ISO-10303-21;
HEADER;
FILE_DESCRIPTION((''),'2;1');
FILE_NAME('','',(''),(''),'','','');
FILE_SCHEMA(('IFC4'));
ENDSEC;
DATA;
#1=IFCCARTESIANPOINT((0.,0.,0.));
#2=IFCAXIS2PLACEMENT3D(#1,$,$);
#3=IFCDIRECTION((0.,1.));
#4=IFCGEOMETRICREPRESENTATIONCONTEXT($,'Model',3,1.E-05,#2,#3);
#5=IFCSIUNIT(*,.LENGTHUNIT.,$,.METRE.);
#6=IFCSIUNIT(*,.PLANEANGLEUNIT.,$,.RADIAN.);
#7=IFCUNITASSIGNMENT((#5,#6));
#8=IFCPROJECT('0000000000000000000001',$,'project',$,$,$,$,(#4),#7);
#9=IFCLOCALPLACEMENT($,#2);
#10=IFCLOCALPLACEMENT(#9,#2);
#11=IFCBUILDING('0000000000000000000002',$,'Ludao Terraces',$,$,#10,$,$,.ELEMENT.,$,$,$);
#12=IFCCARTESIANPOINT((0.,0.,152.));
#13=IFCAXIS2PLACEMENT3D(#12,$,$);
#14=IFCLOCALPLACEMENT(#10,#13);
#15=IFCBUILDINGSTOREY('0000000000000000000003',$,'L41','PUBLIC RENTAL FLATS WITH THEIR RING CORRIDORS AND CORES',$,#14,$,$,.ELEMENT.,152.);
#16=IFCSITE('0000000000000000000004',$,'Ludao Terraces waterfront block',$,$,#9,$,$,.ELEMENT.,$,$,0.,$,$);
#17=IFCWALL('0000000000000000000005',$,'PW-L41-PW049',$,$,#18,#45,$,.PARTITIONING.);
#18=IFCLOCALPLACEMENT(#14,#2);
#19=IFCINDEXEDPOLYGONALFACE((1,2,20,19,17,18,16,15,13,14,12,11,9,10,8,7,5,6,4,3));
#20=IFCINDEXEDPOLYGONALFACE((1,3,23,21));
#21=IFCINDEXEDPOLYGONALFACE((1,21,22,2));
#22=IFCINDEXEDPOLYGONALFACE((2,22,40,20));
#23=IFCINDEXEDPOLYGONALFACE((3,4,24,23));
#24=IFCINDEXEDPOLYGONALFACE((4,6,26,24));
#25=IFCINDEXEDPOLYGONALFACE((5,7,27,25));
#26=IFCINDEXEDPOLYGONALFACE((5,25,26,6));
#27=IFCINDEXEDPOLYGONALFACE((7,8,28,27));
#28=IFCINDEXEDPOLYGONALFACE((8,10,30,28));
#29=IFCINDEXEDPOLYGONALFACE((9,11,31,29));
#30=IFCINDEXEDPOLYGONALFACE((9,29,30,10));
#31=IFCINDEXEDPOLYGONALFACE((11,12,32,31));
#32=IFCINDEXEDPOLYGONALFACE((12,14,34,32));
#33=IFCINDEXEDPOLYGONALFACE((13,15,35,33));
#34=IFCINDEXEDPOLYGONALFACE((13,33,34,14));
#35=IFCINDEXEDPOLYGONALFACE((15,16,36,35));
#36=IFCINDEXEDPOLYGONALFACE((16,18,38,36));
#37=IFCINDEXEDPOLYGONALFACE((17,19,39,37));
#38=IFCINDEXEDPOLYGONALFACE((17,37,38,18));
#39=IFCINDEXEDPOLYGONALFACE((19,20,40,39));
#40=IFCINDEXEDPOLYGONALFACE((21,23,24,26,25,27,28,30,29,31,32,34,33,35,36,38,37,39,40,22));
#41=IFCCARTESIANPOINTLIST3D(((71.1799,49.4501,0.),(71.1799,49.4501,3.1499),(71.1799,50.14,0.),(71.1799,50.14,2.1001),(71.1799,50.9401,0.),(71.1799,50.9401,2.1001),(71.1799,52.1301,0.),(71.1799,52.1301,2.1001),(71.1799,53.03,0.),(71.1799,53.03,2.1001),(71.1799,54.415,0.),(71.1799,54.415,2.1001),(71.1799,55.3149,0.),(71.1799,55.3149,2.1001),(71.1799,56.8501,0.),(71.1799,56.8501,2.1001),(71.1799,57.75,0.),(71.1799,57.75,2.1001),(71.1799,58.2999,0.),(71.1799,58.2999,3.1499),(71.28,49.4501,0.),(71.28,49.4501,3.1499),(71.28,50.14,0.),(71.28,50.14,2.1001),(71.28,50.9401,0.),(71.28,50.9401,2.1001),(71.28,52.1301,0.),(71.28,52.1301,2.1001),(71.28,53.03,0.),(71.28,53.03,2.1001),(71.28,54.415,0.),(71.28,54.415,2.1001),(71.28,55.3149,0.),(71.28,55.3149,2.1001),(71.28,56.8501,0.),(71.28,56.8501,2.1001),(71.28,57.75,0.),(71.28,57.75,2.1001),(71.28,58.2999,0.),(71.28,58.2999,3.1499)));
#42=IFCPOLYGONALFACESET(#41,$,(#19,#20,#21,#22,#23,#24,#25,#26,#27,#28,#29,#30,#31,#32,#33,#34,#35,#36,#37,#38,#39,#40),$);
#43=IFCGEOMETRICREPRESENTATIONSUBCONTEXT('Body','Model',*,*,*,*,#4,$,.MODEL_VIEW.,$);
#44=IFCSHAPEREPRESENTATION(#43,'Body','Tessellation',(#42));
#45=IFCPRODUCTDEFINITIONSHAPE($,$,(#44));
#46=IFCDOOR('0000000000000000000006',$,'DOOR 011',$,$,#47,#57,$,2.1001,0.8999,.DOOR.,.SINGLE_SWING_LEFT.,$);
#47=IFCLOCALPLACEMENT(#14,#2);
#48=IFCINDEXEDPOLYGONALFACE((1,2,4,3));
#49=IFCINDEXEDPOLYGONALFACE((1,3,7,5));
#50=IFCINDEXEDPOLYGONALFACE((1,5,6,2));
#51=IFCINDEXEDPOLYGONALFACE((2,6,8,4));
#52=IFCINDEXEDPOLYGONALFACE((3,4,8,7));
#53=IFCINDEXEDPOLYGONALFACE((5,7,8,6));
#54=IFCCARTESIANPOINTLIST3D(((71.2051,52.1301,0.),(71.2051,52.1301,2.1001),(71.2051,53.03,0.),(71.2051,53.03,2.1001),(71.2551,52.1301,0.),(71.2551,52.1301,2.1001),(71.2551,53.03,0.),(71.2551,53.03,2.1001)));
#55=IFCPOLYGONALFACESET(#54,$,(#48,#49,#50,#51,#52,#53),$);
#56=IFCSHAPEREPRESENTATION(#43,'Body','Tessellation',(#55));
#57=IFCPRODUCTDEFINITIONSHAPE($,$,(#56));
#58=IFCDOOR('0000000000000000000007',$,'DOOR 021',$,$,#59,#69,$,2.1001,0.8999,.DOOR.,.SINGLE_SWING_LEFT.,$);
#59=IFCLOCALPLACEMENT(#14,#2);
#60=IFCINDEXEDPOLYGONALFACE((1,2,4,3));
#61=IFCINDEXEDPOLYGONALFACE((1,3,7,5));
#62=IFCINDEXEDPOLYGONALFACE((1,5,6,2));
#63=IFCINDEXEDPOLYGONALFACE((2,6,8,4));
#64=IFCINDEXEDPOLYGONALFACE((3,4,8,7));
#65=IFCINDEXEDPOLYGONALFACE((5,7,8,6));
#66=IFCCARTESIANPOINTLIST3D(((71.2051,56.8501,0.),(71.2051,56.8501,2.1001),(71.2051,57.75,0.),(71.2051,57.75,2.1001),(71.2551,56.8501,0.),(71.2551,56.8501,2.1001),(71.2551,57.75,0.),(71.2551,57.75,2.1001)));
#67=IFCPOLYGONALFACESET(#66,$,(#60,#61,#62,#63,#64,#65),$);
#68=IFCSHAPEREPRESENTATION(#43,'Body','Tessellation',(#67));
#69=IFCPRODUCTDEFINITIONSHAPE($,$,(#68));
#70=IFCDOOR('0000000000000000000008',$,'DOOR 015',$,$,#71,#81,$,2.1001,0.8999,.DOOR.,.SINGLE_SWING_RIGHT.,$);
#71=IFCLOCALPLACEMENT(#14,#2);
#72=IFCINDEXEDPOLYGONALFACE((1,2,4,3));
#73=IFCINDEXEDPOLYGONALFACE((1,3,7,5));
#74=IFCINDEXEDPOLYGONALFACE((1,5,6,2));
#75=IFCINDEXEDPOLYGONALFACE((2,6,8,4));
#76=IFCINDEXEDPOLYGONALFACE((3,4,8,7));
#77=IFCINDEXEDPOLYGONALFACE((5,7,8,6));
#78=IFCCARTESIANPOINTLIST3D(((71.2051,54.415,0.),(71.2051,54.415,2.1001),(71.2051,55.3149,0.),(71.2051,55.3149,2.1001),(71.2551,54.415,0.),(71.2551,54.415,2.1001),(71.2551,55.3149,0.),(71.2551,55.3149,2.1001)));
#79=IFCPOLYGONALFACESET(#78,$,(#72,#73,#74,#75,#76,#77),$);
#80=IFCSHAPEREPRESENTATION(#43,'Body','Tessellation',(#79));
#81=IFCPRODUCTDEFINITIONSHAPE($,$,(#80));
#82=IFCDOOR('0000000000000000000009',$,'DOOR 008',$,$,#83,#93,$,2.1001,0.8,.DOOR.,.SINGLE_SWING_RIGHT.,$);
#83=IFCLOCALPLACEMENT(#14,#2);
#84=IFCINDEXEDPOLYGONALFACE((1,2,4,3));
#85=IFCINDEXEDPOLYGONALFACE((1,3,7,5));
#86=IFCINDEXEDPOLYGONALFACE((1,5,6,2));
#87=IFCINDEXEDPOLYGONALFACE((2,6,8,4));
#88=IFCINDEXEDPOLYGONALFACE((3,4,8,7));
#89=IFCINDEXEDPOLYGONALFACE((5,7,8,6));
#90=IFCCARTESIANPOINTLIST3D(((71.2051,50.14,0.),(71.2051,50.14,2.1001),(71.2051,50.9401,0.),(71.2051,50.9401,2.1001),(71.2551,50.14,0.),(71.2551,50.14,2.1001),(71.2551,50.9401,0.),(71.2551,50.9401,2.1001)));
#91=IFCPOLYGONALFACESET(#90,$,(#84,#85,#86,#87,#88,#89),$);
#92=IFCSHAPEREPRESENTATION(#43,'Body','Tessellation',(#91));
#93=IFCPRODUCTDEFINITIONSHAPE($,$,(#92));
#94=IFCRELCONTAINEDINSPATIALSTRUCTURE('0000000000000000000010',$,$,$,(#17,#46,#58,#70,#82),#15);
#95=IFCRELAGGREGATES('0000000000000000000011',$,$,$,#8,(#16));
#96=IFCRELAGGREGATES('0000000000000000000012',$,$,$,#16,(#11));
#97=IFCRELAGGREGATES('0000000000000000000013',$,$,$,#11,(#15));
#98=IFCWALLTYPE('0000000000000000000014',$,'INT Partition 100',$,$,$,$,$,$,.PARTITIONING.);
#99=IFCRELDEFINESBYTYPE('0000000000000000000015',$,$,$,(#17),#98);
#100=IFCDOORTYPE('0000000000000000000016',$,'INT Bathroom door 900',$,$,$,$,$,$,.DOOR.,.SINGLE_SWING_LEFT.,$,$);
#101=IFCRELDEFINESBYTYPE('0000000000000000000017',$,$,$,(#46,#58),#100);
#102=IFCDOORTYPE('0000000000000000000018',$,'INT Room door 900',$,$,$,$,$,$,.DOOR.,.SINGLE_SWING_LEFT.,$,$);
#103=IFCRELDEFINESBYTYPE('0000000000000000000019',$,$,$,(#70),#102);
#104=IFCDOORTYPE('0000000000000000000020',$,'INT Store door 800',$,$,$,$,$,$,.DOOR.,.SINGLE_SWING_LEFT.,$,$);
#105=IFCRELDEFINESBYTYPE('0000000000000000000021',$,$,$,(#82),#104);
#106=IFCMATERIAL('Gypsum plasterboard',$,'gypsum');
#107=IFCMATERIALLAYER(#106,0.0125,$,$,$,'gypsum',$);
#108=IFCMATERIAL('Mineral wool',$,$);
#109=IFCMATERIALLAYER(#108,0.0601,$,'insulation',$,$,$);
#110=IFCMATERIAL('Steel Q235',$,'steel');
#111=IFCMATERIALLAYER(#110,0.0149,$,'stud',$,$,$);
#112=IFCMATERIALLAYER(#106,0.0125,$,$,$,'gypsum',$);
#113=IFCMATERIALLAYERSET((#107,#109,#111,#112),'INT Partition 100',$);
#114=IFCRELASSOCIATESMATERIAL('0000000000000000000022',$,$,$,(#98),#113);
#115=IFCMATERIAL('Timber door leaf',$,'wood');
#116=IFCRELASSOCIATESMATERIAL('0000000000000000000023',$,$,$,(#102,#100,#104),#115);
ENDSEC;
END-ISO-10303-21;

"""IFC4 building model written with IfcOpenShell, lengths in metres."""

from ifc_helpers import new_model, si_unit, direction, frame, frame_2d, origin, place, context, subcontext, project, spatial, rectangle, extrude, material, layer, layer_set, type_object, element, fill, save


model = new_model("IFC4")

# Units and contexts
model_context = context("Model", 3, precision=1e-05, world=origin(), true_north=direction((0.0, 1.0)))
body_context = subcontext(model_context, "Body", "Model", "MODEL_VIEW")
ifc_project = project(units=[si_unit("LENGTHUNIT", "METRE"), si_unit("PLANEANGLEUNIT", "RADIAN")], contexts=[model_context])

# Site, building, storey
site_placement = place(None, origin())
site = spatial("IfcSite", under=ifc_project, at=site_placement, Name="Ludao Terraces waterfront block", CompositionType="ELEMENT", RefElevation=0.0)
building_placement = place(site_placement, origin())
building = spatial("IfcBuilding", under=site, at=building_placement, Name="Ludao Terraces", CompositionType="ELEMENT")
storey_placement = place(building_placement, frame((0.0, 0.0, 152.0)))
storey = spatial("IfcBuildingStorey", under=building, at=storey_placement, Name="L41", Description="PUBLIC RENTAL FLATS WITH THEIR RING CORRIDORS AND CORES", CompositionType="ELEMENT", Elevation=152.0)

# Shared definitions
ifc_material_1 = material(Name="Mineral wool")

# Wall, openings, doors
ifc_material_2 = material(Name="Timber door leaf", Category="wood")
ifc_material_3 = material(Name="Gypsum plasterboard", Category="gypsum")
ifc_layer_1 = layer(ifc_material_3, 0.0125, Category="gypsum")
ifc_layer_2 = layer(ifc_material_1, 0.0601, Name="insulation")
ifc_material_4 = material(Name="Steel Q235", Category="steel")
ifc_layer_3 = layer(ifc_material_4, 0.0149, Name="stud")
ifc_layer_4 = layer(ifc_material_3, 0.0125, Category="gypsum")
ifc_layer_set_1 = layer_set([ifc_layer_1, ifc_layer_2, ifc_layer_3, ifc_layer_4], Name="INT Partition 100")
wall_type_1 = type_object("IfcWallType", Name="INT Partition 100", PredefinedType="PARTITIONING", material=ifc_layer_set_1)
door_type_1 = type_object("IfcDoorType", Name="INT Room door 900", OperationType="SINGLE_SWING_LEFT", PredefinedType="DOOR", material=ifc_material_2)
wall_1_placement = place(storey_placement, frame((71.23, 49.4502, 0.0), z_axis=(0.0, 0.0, 1.0), x_axis=(0.0, 1.0, 0.0)))
wall_1 = element("IfcWall", 1, at=wall_1_placement, inside=storey, type_object=wall_type_1, Name="PW-L41-PW049", PredefinedType="PARTITIONING", context=body_context, shape_type="SweptSolid", body=[
    extrude(rectangle(XDim=8.8499, YDim=0.1001, at=frame_2d((4.4248, 0.0))), origin(), (0.0, 0.0, 1.0), 3.1499),
])
opening_1_placement = place(wall_1_placement, frame((0.6899, 0.0, 0.0)))
opening_1 = element("IfcOpeningElement", 2, at=opening_1_placement, cuts=wall_1, PredefinedType="OPENING", context=body_context, shape_type="SweptSolid", body=[
    extrude(rectangle(XDim=0.8, YDim=2.1001, at=frame_2d((0.3999, 1.05))), frame((0.0, 0.0601, 0.0), z_axis=(0.0, -1.0, 0.0), x_axis=(1.0, 0.0, 0.0)), (0.0, 0.0, 1.0), 0.1201),
])
opening_2_placement = place(wall_1_placement, frame((2.6799, 0.0, 0.0)))
opening_2 = element("IfcOpeningElement", 3, at=opening_2_placement, cuts=wall_1, PredefinedType="OPENING", context=body_context, shape_type="SweptSolid", body=[
    extrude(rectangle(XDim=0.8999, YDim=2.1001, at=frame_2d((0.45, 1.05))), frame((0.0, 0.0601, 0.0), z_axis=(0.0, -1.0, 0.0), x_axis=(1.0, 0.0, 0.0)), (0.0, 0.0, 1.0), 0.1201),
])
opening_3_placement = place(wall_1_placement, frame((4.9648, 0.0, 0.0)))
opening_3 = element("IfcOpeningElement", 4, at=opening_3_placement, cuts=wall_1, PredefinedType="OPENING", context=body_context, shape_type="SweptSolid", body=[
    extrude(rectangle(XDim=0.8999, YDim=2.1001, at=frame_2d((0.45, 1.05))), frame((0.0, 0.0601, 0.0), z_axis=(0.0, -1.0, 0.0), x_axis=(1.0, 0.0, 0.0)), (0.0, 0.0, 1.0), 0.1201),
])
opening_4_placement = place(wall_1_placement, frame((7.3999, 0.0, 0.0)))
opening_4 = element("IfcOpeningElement", 5, at=opening_4_placement, cuts=wall_1, PredefinedType="OPENING", context=body_context, shape_type="SweptSolid", body=[
    extrude(rectangle(XDim=0.8999, YDim=2.1001, at=frame_2d((0.45, 1.05))), frame((0.0, 0.0601, 0.0), z_axis=(0.0, -1.0, 0.0), x_axis=(1.0, 0.0, 0.0)), (0.0, 0.0, 1.0), 0.1201),
])
door_type_2 = type_object("IfcDoorType", Name="INT Bathroom door 900", OperationType="SINGLE_SWING_LEFT", PredefinedType="DOOR", material=ifc_material_2)
door_1_placement = place(opening_2_placement, origin())
door_1 = element("IfcDoor", 6, at=door_1_placement, inside=storey, type_object=door_type_2, Name="DOOR 011", OperationType="SINGLE_SWING_LEFT", OverallHeight=2.1001, OverallWidth=0.8999, PredefinedType="DOOR", context=body_context, shape_type="SweptSolid", body=[
    extrude(rectangle(XDim=0.8999, YDim=2.1001, at=frame_2d((0.45, 1.05))), frame((0.0, 0.0249, 0.0), z_axis=(0.0, -1.0, 0.0), x_axis=(1.0, 0.0, 0.0)), (0.0, 0.0, 1.0), 0.05),
])
fill(opening_2, door_1)
door_2_placement = place(opening_4_placement, origin())
door_2 = element("IfcDoor", 7, at=door_2_placement, inside=storey, type_object=door_type_2, Name="DOOR 021", OperationType="SINGLE_SWING_LEFT", OverallHeight=2.1001, OverallWidth=0.8999, PredefinedType="DOOR", context=body_context, shape_type="SweptSolid", body=[
    extrude(rectangle(XDim=0.8999, YDim=2.1001, at=frame_2d((0.45, 1.05))), frame((0.0, 0.0249, 0.0), z_axis=(0.0, -1.0, 0.0), x_axis=(1.0, 0.0, 0.0)), (0.0, 0.0, 1.0), 0.05),
])
fill(opening_4, door_2)
door_3_placement = place(opening_3_placement, origin())
door_3 = element("IfcDoor", 8, at=door_3_placement, inside=storey, type_object=door_type_1, Name="DOOR 015", OperationType="SINGLE_SWING_RIGHT", OverallHeight=2.1001, OverallWidth=0.8999, PredefinedType="DOOR", context=body_context, shape_type="SweptSolid", body=[
    extrude(rectangle(XDim=0.8999, YDim=2.1001, at=frame_2d((0.45, 1.05))), frame((0.0, 0.0249, 0.0), z_axis=(0.0, -1.0, 0.0), x_axis=(1.0, 0.0, 0.0)), (0.0, 0.0, 1.0), 0.05),
])
fill(opening_3, door_3)
door_type_3 = type_object("IfcDoorType", Name="INT Store door 800", OperationType="SINGLE_SWING_LEFT", PredefinedType="DOOR", material=ifc_material_2)
door_4_placement = place(opening_1_placement, origin())
door_4 = element("IfcDoor", 9, at=door_4_placement, inside=storey, type_object=door_type_3, Name="DOOR 008", OperationType="SINGLE_SWING_RIGHT", OverallHeight=2.1001, OverallWidth=0.8, PredefinedType="DOOR", context=body_context, shape_type="SweptSolid", body=[
    extrude(rectangle(XDim=0.8, YDim=2.1001, at=frame_2d((0.3999, 1.05))), frame((0.0, 0.0249, 0.0), z_axis=(0.0, -1.0, 0.0), x_axis=(1.0, 0.0, 0.0)), (0.0, 0.0, 1.0), 0.05),
])
fill(opening_1, door_4)

save(model, "model.ifc")
